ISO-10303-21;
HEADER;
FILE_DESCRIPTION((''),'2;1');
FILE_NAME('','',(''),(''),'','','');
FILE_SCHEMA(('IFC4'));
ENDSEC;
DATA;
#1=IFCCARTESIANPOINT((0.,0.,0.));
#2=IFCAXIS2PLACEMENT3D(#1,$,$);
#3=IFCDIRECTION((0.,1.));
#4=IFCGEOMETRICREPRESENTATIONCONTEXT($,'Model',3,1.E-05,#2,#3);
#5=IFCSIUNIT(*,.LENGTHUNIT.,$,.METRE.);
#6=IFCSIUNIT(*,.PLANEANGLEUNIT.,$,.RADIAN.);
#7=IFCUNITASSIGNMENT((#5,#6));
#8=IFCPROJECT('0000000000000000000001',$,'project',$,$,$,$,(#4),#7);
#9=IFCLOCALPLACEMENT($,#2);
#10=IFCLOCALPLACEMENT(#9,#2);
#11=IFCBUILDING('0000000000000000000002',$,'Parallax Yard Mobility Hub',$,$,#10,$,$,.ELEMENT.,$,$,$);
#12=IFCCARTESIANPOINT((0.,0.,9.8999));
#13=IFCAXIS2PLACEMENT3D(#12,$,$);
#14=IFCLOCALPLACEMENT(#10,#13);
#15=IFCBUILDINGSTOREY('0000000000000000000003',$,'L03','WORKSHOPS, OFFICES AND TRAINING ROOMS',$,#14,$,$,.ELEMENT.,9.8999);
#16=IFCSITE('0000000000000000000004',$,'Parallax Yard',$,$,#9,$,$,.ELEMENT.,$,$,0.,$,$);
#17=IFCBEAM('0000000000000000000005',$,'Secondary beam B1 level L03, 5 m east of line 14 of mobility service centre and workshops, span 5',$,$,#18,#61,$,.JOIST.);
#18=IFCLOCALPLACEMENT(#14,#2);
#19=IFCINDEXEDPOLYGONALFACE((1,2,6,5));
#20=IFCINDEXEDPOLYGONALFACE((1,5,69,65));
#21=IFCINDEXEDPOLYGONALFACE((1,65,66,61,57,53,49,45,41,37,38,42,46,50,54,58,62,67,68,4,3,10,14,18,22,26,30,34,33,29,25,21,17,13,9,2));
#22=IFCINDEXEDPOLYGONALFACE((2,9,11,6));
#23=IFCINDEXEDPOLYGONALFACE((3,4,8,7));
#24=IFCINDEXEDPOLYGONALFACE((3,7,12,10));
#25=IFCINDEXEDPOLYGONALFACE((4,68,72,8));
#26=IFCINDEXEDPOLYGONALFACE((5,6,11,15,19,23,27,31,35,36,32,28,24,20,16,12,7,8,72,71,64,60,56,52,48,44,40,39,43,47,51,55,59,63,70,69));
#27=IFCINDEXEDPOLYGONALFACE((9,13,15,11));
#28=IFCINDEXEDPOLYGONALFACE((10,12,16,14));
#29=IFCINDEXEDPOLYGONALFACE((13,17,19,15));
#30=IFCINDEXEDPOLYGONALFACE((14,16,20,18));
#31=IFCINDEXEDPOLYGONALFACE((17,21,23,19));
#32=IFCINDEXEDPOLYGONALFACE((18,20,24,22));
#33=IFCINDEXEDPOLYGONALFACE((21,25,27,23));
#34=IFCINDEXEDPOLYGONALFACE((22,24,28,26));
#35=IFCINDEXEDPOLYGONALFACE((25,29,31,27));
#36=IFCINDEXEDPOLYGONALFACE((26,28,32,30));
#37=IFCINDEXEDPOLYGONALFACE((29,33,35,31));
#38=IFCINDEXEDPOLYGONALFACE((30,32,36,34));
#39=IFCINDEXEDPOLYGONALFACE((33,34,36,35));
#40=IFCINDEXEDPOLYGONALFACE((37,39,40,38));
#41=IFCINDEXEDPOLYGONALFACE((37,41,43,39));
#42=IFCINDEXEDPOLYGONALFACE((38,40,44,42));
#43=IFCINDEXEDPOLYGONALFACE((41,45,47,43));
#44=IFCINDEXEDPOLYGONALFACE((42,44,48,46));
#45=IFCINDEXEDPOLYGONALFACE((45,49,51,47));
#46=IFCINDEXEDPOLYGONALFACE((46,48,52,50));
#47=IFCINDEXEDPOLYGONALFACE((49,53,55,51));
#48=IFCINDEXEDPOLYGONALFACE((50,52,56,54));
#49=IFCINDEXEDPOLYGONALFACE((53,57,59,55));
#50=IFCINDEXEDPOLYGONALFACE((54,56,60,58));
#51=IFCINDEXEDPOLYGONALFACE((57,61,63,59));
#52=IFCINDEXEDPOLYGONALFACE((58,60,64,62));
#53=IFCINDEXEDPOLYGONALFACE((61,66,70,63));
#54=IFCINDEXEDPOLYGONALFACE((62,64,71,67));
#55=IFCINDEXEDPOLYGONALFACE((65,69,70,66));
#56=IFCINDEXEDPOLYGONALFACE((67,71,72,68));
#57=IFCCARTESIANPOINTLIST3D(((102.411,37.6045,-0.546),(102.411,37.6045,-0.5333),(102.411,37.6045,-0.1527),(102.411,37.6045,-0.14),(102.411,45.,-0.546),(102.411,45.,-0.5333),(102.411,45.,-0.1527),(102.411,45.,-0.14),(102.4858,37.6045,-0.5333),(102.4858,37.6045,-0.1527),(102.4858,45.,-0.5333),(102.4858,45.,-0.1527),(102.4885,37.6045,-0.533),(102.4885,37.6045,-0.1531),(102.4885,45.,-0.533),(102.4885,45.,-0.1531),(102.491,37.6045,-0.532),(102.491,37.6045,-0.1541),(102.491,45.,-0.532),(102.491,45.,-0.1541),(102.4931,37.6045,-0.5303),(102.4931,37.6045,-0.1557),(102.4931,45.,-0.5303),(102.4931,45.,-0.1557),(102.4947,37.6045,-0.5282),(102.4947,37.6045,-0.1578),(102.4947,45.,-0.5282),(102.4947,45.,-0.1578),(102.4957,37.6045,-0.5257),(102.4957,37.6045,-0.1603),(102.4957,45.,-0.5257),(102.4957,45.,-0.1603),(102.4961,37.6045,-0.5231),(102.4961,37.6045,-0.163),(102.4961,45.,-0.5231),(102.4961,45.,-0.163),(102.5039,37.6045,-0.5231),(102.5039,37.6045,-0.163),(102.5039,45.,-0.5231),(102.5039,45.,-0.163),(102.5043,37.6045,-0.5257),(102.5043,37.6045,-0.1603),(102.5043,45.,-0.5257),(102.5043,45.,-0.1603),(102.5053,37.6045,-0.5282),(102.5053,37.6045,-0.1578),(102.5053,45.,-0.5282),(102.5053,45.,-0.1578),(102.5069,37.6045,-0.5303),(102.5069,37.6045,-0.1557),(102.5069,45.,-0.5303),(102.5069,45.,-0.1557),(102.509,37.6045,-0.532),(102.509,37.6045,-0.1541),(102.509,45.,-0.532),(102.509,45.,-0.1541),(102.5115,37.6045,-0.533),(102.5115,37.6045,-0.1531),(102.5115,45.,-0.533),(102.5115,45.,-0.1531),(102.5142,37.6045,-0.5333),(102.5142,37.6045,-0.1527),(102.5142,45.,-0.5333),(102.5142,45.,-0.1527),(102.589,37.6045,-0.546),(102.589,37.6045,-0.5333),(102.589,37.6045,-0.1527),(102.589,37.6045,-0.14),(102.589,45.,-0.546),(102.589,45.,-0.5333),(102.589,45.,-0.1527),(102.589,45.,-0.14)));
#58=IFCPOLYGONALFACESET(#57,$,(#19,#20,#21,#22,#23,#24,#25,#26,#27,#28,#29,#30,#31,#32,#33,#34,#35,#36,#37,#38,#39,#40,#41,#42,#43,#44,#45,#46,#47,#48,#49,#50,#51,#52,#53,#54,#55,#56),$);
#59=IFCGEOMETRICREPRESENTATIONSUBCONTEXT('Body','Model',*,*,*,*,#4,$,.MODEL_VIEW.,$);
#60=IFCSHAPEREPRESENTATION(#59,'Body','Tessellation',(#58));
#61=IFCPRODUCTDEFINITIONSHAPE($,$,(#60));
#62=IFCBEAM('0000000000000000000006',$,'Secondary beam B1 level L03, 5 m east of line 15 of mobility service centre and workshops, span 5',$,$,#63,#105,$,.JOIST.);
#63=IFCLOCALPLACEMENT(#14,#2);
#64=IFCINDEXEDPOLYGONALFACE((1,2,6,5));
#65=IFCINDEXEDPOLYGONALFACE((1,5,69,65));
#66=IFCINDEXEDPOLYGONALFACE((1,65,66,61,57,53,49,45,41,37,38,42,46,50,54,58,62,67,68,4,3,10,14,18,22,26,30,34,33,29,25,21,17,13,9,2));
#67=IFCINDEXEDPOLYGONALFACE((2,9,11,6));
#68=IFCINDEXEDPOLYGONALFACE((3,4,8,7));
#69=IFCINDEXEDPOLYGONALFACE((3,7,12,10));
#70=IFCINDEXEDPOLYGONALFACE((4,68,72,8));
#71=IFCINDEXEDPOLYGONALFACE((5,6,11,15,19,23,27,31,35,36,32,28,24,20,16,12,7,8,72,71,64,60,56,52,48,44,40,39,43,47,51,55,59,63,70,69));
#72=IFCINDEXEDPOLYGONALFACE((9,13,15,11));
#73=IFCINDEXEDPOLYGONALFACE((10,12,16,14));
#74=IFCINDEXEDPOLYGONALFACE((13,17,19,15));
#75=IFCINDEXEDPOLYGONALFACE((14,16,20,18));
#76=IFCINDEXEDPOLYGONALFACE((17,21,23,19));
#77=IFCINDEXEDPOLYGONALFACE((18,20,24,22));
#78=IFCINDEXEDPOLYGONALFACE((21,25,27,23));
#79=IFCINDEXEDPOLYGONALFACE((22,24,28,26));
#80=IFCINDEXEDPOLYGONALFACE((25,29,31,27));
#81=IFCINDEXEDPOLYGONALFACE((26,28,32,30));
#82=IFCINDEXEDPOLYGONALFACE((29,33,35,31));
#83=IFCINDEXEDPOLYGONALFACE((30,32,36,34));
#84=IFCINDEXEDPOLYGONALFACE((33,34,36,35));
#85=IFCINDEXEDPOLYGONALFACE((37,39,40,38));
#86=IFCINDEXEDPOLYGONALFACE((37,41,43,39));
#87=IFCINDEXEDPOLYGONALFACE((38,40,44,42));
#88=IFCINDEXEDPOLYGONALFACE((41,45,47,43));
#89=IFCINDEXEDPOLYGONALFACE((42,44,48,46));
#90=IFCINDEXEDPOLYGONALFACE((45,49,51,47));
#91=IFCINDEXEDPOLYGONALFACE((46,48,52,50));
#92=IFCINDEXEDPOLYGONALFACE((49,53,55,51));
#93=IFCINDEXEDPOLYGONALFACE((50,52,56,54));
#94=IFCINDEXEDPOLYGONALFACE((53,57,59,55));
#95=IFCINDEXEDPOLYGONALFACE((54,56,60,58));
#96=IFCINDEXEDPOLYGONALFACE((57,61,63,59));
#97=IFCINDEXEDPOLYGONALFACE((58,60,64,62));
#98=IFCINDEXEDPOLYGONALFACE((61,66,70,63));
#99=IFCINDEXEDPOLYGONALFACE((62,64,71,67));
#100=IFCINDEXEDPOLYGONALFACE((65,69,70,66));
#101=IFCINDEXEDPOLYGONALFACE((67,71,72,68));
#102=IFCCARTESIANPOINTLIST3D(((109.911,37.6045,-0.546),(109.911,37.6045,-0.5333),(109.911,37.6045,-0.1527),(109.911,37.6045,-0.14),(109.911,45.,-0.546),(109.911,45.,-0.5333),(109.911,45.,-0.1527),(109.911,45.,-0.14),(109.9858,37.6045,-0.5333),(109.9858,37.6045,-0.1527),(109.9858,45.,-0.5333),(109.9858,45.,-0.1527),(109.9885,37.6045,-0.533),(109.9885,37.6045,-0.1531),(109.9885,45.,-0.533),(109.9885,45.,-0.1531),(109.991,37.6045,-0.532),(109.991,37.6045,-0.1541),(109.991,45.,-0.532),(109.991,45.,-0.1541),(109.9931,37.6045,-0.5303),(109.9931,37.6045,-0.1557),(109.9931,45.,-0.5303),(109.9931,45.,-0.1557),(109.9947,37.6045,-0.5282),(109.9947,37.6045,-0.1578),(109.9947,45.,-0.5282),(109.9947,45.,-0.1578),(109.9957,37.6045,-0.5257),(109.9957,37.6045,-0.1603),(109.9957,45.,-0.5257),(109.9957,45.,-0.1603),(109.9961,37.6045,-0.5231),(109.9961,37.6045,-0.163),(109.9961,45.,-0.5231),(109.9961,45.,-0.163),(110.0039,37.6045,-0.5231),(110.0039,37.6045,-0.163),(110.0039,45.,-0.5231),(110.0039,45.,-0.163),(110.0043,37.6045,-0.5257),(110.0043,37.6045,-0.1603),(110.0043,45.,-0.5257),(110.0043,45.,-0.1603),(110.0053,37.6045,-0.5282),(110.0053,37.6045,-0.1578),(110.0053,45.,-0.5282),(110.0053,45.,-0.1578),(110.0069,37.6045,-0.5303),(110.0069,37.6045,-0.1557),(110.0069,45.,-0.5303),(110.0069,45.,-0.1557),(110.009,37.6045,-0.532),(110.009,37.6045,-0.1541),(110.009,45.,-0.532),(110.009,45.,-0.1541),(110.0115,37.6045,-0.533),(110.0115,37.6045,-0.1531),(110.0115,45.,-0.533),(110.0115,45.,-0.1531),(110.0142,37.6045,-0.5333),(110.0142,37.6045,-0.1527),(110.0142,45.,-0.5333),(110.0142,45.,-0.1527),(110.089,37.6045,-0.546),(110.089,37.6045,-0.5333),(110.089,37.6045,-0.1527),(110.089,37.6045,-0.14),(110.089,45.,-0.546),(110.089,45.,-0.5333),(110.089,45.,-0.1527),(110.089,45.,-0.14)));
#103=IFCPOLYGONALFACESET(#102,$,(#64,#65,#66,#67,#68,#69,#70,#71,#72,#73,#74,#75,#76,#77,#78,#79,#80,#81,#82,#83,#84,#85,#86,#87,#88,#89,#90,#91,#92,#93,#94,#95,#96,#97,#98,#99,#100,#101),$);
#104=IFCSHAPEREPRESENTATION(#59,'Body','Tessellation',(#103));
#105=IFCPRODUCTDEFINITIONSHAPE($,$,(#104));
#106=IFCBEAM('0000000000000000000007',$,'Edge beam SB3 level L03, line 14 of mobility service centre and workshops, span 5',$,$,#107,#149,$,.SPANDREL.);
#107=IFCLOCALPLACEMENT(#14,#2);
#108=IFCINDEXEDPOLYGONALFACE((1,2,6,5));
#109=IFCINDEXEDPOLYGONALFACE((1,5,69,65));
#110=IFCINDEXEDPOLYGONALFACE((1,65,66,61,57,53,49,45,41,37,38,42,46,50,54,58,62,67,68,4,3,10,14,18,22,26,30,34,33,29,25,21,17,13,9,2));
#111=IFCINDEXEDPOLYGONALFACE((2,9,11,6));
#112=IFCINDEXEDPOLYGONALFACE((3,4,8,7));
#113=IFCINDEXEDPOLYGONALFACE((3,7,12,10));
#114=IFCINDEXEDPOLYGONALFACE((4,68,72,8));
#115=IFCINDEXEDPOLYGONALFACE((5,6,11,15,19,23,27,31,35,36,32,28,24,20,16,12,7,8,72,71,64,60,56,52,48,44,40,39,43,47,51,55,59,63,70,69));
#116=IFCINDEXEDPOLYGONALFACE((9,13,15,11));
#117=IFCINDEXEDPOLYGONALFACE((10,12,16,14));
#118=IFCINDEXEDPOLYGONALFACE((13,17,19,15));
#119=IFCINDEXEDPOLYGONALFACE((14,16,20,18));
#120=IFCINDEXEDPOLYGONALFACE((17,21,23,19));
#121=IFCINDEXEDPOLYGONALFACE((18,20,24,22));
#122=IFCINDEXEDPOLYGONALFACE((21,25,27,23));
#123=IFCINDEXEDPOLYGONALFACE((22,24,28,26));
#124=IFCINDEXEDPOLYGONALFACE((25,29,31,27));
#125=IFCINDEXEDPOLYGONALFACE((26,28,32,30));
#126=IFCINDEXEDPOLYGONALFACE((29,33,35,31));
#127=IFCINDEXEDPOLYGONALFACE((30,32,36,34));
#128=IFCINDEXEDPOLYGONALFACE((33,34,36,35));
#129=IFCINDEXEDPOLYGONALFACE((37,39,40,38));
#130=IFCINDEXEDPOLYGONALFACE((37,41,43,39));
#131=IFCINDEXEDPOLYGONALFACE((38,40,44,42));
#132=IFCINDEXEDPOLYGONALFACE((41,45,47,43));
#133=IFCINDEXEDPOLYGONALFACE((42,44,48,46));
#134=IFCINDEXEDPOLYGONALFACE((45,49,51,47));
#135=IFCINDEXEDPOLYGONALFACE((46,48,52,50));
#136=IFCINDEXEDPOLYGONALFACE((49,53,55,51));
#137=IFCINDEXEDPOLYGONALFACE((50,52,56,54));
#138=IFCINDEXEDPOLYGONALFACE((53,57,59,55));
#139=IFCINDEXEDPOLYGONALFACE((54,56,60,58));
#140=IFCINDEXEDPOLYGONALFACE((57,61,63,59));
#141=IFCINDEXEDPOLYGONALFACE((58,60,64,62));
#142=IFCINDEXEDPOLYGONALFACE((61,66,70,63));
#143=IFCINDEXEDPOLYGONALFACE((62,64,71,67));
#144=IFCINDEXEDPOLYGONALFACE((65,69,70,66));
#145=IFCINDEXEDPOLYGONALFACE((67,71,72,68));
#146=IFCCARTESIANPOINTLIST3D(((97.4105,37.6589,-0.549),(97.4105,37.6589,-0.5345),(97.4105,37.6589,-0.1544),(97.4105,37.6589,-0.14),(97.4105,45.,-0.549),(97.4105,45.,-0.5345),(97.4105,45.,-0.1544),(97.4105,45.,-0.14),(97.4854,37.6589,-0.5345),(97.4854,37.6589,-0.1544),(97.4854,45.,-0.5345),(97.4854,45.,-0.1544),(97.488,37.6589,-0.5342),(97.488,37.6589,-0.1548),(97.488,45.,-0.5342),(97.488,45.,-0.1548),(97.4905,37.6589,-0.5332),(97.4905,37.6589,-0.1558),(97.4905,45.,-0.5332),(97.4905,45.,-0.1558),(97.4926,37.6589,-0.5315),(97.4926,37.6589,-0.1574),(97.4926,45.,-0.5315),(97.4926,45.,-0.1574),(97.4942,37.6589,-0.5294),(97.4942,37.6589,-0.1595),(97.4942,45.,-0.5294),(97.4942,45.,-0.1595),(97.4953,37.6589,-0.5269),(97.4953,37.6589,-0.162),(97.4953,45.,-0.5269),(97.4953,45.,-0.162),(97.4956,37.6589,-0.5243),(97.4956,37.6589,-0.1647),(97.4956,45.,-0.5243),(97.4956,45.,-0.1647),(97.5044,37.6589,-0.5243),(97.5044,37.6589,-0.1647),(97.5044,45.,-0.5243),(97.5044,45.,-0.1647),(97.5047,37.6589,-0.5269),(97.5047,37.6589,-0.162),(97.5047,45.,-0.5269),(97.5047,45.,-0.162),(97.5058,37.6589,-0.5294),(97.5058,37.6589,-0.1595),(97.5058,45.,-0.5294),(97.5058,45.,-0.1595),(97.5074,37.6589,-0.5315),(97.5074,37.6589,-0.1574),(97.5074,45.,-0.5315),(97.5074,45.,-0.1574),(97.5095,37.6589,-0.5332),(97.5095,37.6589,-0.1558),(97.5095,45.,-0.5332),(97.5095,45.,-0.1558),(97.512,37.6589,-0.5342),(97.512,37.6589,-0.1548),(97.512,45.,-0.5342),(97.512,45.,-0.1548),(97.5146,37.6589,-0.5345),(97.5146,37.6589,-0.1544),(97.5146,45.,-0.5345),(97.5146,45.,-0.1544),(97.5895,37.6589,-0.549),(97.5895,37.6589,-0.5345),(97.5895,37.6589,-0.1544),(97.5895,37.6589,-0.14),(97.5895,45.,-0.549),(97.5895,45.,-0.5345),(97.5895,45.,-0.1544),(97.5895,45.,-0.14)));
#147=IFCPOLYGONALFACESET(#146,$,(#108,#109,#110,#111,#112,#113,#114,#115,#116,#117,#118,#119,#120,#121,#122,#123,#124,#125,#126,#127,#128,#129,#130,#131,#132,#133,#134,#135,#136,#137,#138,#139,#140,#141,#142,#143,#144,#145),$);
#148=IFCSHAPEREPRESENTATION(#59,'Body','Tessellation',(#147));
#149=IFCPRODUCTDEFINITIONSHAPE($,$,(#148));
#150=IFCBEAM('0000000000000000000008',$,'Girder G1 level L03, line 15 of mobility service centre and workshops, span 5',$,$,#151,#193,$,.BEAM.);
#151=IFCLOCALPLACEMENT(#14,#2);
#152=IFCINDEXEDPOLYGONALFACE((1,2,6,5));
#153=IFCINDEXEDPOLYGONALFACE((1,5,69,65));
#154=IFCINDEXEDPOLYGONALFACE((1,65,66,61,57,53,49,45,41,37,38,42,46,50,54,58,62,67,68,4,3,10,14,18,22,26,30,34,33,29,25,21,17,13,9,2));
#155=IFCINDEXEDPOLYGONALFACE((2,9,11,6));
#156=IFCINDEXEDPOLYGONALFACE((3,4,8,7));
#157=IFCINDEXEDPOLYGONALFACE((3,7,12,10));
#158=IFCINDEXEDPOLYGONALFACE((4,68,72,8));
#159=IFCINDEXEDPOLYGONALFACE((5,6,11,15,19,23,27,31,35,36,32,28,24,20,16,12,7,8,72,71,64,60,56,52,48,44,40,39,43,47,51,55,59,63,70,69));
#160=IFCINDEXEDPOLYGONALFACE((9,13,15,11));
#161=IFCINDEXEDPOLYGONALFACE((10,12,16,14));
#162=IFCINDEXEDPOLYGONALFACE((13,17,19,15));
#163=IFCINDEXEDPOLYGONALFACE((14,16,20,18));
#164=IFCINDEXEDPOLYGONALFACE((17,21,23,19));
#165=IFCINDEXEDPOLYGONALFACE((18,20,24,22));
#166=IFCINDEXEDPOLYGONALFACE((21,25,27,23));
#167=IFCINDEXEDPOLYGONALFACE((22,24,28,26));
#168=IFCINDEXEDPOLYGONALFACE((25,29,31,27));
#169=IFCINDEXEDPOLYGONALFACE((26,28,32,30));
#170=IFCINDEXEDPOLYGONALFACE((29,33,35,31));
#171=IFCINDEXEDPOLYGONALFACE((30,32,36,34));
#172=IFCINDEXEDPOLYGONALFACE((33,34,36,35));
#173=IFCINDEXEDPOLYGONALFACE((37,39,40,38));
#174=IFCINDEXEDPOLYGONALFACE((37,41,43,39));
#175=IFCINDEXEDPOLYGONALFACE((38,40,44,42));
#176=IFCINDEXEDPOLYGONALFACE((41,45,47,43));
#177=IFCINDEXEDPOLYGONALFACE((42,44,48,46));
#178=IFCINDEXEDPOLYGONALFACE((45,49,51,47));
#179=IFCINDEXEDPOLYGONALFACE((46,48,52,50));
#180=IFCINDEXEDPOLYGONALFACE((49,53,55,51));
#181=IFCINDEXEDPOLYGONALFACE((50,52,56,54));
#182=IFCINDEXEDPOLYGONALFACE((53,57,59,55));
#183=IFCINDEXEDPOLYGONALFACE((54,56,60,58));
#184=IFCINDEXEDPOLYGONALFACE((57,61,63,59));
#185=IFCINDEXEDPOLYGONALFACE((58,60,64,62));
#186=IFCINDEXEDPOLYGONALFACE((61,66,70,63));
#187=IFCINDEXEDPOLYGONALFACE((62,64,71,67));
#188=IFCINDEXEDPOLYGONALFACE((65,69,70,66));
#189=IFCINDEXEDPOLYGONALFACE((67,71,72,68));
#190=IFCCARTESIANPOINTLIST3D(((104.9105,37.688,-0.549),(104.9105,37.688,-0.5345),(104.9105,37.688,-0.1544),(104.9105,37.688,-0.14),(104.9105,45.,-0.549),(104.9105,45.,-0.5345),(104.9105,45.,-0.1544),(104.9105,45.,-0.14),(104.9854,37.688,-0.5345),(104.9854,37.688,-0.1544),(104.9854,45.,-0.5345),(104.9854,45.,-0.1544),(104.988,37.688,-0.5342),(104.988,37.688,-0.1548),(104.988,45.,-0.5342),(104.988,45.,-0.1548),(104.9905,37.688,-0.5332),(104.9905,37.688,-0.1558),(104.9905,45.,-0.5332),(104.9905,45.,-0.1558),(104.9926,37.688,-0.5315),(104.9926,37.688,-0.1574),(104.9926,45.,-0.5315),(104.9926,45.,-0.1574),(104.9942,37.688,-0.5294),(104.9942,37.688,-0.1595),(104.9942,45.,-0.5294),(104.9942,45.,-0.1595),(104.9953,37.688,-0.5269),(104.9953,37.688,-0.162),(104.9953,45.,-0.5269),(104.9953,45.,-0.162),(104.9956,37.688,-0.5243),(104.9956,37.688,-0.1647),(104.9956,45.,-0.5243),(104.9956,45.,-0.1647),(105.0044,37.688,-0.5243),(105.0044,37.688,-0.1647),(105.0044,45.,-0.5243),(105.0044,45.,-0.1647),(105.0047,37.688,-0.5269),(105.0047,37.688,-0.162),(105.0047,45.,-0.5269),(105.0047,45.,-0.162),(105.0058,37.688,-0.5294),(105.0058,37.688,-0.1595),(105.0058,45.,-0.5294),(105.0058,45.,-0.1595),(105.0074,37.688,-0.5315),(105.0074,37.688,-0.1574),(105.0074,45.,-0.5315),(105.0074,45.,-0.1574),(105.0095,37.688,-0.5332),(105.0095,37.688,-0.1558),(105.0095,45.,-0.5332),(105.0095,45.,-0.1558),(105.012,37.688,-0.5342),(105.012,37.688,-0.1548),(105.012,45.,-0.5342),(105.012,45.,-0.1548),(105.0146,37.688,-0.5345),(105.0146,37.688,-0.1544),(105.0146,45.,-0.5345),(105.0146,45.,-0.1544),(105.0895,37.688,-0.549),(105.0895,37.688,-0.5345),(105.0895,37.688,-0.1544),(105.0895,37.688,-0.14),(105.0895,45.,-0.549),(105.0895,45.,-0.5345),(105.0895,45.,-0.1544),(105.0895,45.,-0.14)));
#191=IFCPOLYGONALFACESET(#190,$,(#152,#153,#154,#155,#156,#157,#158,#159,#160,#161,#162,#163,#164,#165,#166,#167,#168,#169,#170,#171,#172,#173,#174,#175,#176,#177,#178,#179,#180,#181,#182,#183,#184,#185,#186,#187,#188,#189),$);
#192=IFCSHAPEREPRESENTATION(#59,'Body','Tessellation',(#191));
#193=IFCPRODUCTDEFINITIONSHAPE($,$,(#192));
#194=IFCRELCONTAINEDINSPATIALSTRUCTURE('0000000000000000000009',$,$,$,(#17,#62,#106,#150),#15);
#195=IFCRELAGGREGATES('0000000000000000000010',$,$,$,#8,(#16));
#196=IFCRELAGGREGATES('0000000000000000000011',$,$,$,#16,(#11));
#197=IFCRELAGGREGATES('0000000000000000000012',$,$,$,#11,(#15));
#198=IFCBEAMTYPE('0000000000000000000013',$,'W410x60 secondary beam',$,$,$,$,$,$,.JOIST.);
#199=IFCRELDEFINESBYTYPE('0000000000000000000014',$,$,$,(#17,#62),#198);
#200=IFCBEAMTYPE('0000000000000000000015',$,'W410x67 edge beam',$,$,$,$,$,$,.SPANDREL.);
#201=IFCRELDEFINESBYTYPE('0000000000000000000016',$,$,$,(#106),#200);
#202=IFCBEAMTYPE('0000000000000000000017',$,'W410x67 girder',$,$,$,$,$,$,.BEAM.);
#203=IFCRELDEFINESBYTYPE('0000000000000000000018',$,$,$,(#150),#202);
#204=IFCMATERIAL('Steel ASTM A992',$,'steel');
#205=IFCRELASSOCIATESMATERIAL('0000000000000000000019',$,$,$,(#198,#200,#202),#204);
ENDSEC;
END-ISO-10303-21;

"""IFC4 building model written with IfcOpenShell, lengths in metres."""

from ifc_helpers import new_model, si_unit, direction, frame, origin, origin_2d, place, context, subcontext, project, spatial, i_section, extrude, material, material_profile, profile_set, type_object, element, save


model = new_model("IFC4")

# Units and contexts
model_context = context("Model", 3, precision=1e-05, world=origin(), true_north=direction((0.0, 1.0)))
body_context = subcontext(model_context, "Body", "Model", "MODEL_VIEW")
ifc_project = project(units=[si_unit("LENGTHUNIT", "METRE"), si_unit("PLANEANGLEUNIT", "RADIAN")], contexts=[model_context])

# Site, building, storey
site_placement = place(None, origin())
site = spatial("IfcSite", under=ifc_project, at=site_placement, Name="Parallax Yard", CompositionType="ELEMENT", RefElevation=0.0)
building_placement = place(site_placement, origin())
building = spatial("IfcBuilding", under=site, at=building_placement, Name="Parallax Yard Mobility Hub", CompositionType="ELEMENT")
storey_placement = place(building_placement, frame((0.0, 0.0, 9.8999)))
storey = spatial("IfcBuildingStorey", under=building, at=storey_placement, Name="L03", Description="WORKSHOPS, OFFICES AND TRAINING ROOMS", CompositionType="ELEMENT", Elevation=9.8999)

# Shared definitions
ifc_material_1 = material(Name="Steel ASTM A992", Category="steel")

# Beams
ifc_material_profile_1 = material_profile(ifc_material_1, i_section(OverallWidth=0.178, OverallDepth=0.406, WebThickness=0.0078, FlangeThickness=0.0127, FilletRadius=0.0103, at=origin_2d()), Name="W410x60")
ifc_profile_set_1 = profile_set([ifc_material_profile_1], Name="Steel ASTM A992")
beam_type_1 = type_object("IfcBeamType", Name="W410x60 secondary beam", PredefinedType="JOIST", material=ifc_profile_set_1)
for number, where, z_axis, x_axis, name in (
    (1, (102.5, 37.6045, -0.343), (0.0, 1.0, 0.0), (-1.0, 0.0, 0.0), "Secondary beam B1 level L03, 5 m east of line 14 of mobility service centre and workshops, span 5"),
    (2, (110.0, 37.6045, -0.343), (0.0, 1.0, 0.0), (-1.0, 0.0, 0.0), "Secondary beam B1 level L03, 5 m east of line 15 of mobility service centre and workshops, span 5"),
):
    element("IfcBeam", number, at=place(storey_placement, frame(where, z_axis=z_axis, x_axis=x_axis)), inside=storey, type_object=beam_type_1, Name=name, PredefinedType="JOIST", context=body_context, shape_type="SweptSolid", body=[
        extrude(i_section(OverallWidth=0.178, OverallDepth=0.406, WebThickness=0.0078, FlangeThickness=0.0127, FilletRadius=0.0103, at=origin_2d()), origin(), (0.0, 0.0, 1.0), 7.3955),
    ])
ifc_material_profile_2 = material_profile(ifc_material_1, i_section(OverallWidth=0.179, OverallDepth=0.4089, WebThickness=0.0088, FlangeThickness=0.0144, FilletRadius=0.0103, at=origin_2d()), Name="W410x67")
ifc_profile_set_2 = profile_set([ifc_material_profile_2], Name="Steel ASTM A992")
beam_type_2 = type_object("IfcBeamType", Name="W410x67 edge beam", PredefinedType="SPANDREL", material=ifc_profile_set_2)
beam_1_placement = place(storey_placement, frame((97.5, 37.6589, -0.3445), z_axis=(0.0, 1.0, 0.0), x_axis=(-1.0, 0.0, 0.0)))
element("IfcBeam", 3, at=beam_1_placement, inside=storey, type_object=beam_type_2, Name="Edge beam SB3 level L03, line 14 of mobility service centre and workshops, span 5", PredefinedType="SPANDREL", context=body_context, shape_type="SweptSolid", body=[
    extrude(i_section(OverallWidth=0.179, OverallDepth=0.4089, WebThickness=0.0088, FlangeThickness=0.0144, FilletRadius=0.0103, at=origin_2d()), origin(), (0.0, 0.0, 1.0), 7.3411),
])
ifc_material_profile_3 = material_profile(ifc_material_1, i_section(OverallWidth=0.179, OverallDepth=0.4089, WebThickness=0.0088, FlangeThickness=0.0144, FilletRadius=0.0103, at=origin_2d()), Name="W410x67")
ifc_profile_set_3 = profile_set([ifc_material_profile_3], Name="Steel ASTM A992")
beam_type_3 = type_object("IfcBeamType", Name="W410x67 girder", PredefinedType="BEAM", material=ifc_profile_set_3)
beam_2_placement = place(storey_placement, frame((105.0, 37.688, -0.3445), z_axis=(0.0, 1.0, 0.0), x_axis=(-1.0, 0.0, 0.0)))
element("IfcBeam", 4, at=beam_2_placement, inside=storey, type_object=beam_type_3, Name="Girder G1 level L03, line 15 of mobility service centre and workshops, span 5", PredefinedType="BEAM", context=body_context, shape_type="SweptSolid", body=[
    extrude(i_section(OverallWidth=0.179, OverallDepth=0.4089, WebThickness=0.0088, FlangeThickness=0.0144, FilletRadius=0.0103, at=origin_2d()), origin(), (0.0, 0.0, 1.0), 7.312),
])

save(model, "model.ifc")
